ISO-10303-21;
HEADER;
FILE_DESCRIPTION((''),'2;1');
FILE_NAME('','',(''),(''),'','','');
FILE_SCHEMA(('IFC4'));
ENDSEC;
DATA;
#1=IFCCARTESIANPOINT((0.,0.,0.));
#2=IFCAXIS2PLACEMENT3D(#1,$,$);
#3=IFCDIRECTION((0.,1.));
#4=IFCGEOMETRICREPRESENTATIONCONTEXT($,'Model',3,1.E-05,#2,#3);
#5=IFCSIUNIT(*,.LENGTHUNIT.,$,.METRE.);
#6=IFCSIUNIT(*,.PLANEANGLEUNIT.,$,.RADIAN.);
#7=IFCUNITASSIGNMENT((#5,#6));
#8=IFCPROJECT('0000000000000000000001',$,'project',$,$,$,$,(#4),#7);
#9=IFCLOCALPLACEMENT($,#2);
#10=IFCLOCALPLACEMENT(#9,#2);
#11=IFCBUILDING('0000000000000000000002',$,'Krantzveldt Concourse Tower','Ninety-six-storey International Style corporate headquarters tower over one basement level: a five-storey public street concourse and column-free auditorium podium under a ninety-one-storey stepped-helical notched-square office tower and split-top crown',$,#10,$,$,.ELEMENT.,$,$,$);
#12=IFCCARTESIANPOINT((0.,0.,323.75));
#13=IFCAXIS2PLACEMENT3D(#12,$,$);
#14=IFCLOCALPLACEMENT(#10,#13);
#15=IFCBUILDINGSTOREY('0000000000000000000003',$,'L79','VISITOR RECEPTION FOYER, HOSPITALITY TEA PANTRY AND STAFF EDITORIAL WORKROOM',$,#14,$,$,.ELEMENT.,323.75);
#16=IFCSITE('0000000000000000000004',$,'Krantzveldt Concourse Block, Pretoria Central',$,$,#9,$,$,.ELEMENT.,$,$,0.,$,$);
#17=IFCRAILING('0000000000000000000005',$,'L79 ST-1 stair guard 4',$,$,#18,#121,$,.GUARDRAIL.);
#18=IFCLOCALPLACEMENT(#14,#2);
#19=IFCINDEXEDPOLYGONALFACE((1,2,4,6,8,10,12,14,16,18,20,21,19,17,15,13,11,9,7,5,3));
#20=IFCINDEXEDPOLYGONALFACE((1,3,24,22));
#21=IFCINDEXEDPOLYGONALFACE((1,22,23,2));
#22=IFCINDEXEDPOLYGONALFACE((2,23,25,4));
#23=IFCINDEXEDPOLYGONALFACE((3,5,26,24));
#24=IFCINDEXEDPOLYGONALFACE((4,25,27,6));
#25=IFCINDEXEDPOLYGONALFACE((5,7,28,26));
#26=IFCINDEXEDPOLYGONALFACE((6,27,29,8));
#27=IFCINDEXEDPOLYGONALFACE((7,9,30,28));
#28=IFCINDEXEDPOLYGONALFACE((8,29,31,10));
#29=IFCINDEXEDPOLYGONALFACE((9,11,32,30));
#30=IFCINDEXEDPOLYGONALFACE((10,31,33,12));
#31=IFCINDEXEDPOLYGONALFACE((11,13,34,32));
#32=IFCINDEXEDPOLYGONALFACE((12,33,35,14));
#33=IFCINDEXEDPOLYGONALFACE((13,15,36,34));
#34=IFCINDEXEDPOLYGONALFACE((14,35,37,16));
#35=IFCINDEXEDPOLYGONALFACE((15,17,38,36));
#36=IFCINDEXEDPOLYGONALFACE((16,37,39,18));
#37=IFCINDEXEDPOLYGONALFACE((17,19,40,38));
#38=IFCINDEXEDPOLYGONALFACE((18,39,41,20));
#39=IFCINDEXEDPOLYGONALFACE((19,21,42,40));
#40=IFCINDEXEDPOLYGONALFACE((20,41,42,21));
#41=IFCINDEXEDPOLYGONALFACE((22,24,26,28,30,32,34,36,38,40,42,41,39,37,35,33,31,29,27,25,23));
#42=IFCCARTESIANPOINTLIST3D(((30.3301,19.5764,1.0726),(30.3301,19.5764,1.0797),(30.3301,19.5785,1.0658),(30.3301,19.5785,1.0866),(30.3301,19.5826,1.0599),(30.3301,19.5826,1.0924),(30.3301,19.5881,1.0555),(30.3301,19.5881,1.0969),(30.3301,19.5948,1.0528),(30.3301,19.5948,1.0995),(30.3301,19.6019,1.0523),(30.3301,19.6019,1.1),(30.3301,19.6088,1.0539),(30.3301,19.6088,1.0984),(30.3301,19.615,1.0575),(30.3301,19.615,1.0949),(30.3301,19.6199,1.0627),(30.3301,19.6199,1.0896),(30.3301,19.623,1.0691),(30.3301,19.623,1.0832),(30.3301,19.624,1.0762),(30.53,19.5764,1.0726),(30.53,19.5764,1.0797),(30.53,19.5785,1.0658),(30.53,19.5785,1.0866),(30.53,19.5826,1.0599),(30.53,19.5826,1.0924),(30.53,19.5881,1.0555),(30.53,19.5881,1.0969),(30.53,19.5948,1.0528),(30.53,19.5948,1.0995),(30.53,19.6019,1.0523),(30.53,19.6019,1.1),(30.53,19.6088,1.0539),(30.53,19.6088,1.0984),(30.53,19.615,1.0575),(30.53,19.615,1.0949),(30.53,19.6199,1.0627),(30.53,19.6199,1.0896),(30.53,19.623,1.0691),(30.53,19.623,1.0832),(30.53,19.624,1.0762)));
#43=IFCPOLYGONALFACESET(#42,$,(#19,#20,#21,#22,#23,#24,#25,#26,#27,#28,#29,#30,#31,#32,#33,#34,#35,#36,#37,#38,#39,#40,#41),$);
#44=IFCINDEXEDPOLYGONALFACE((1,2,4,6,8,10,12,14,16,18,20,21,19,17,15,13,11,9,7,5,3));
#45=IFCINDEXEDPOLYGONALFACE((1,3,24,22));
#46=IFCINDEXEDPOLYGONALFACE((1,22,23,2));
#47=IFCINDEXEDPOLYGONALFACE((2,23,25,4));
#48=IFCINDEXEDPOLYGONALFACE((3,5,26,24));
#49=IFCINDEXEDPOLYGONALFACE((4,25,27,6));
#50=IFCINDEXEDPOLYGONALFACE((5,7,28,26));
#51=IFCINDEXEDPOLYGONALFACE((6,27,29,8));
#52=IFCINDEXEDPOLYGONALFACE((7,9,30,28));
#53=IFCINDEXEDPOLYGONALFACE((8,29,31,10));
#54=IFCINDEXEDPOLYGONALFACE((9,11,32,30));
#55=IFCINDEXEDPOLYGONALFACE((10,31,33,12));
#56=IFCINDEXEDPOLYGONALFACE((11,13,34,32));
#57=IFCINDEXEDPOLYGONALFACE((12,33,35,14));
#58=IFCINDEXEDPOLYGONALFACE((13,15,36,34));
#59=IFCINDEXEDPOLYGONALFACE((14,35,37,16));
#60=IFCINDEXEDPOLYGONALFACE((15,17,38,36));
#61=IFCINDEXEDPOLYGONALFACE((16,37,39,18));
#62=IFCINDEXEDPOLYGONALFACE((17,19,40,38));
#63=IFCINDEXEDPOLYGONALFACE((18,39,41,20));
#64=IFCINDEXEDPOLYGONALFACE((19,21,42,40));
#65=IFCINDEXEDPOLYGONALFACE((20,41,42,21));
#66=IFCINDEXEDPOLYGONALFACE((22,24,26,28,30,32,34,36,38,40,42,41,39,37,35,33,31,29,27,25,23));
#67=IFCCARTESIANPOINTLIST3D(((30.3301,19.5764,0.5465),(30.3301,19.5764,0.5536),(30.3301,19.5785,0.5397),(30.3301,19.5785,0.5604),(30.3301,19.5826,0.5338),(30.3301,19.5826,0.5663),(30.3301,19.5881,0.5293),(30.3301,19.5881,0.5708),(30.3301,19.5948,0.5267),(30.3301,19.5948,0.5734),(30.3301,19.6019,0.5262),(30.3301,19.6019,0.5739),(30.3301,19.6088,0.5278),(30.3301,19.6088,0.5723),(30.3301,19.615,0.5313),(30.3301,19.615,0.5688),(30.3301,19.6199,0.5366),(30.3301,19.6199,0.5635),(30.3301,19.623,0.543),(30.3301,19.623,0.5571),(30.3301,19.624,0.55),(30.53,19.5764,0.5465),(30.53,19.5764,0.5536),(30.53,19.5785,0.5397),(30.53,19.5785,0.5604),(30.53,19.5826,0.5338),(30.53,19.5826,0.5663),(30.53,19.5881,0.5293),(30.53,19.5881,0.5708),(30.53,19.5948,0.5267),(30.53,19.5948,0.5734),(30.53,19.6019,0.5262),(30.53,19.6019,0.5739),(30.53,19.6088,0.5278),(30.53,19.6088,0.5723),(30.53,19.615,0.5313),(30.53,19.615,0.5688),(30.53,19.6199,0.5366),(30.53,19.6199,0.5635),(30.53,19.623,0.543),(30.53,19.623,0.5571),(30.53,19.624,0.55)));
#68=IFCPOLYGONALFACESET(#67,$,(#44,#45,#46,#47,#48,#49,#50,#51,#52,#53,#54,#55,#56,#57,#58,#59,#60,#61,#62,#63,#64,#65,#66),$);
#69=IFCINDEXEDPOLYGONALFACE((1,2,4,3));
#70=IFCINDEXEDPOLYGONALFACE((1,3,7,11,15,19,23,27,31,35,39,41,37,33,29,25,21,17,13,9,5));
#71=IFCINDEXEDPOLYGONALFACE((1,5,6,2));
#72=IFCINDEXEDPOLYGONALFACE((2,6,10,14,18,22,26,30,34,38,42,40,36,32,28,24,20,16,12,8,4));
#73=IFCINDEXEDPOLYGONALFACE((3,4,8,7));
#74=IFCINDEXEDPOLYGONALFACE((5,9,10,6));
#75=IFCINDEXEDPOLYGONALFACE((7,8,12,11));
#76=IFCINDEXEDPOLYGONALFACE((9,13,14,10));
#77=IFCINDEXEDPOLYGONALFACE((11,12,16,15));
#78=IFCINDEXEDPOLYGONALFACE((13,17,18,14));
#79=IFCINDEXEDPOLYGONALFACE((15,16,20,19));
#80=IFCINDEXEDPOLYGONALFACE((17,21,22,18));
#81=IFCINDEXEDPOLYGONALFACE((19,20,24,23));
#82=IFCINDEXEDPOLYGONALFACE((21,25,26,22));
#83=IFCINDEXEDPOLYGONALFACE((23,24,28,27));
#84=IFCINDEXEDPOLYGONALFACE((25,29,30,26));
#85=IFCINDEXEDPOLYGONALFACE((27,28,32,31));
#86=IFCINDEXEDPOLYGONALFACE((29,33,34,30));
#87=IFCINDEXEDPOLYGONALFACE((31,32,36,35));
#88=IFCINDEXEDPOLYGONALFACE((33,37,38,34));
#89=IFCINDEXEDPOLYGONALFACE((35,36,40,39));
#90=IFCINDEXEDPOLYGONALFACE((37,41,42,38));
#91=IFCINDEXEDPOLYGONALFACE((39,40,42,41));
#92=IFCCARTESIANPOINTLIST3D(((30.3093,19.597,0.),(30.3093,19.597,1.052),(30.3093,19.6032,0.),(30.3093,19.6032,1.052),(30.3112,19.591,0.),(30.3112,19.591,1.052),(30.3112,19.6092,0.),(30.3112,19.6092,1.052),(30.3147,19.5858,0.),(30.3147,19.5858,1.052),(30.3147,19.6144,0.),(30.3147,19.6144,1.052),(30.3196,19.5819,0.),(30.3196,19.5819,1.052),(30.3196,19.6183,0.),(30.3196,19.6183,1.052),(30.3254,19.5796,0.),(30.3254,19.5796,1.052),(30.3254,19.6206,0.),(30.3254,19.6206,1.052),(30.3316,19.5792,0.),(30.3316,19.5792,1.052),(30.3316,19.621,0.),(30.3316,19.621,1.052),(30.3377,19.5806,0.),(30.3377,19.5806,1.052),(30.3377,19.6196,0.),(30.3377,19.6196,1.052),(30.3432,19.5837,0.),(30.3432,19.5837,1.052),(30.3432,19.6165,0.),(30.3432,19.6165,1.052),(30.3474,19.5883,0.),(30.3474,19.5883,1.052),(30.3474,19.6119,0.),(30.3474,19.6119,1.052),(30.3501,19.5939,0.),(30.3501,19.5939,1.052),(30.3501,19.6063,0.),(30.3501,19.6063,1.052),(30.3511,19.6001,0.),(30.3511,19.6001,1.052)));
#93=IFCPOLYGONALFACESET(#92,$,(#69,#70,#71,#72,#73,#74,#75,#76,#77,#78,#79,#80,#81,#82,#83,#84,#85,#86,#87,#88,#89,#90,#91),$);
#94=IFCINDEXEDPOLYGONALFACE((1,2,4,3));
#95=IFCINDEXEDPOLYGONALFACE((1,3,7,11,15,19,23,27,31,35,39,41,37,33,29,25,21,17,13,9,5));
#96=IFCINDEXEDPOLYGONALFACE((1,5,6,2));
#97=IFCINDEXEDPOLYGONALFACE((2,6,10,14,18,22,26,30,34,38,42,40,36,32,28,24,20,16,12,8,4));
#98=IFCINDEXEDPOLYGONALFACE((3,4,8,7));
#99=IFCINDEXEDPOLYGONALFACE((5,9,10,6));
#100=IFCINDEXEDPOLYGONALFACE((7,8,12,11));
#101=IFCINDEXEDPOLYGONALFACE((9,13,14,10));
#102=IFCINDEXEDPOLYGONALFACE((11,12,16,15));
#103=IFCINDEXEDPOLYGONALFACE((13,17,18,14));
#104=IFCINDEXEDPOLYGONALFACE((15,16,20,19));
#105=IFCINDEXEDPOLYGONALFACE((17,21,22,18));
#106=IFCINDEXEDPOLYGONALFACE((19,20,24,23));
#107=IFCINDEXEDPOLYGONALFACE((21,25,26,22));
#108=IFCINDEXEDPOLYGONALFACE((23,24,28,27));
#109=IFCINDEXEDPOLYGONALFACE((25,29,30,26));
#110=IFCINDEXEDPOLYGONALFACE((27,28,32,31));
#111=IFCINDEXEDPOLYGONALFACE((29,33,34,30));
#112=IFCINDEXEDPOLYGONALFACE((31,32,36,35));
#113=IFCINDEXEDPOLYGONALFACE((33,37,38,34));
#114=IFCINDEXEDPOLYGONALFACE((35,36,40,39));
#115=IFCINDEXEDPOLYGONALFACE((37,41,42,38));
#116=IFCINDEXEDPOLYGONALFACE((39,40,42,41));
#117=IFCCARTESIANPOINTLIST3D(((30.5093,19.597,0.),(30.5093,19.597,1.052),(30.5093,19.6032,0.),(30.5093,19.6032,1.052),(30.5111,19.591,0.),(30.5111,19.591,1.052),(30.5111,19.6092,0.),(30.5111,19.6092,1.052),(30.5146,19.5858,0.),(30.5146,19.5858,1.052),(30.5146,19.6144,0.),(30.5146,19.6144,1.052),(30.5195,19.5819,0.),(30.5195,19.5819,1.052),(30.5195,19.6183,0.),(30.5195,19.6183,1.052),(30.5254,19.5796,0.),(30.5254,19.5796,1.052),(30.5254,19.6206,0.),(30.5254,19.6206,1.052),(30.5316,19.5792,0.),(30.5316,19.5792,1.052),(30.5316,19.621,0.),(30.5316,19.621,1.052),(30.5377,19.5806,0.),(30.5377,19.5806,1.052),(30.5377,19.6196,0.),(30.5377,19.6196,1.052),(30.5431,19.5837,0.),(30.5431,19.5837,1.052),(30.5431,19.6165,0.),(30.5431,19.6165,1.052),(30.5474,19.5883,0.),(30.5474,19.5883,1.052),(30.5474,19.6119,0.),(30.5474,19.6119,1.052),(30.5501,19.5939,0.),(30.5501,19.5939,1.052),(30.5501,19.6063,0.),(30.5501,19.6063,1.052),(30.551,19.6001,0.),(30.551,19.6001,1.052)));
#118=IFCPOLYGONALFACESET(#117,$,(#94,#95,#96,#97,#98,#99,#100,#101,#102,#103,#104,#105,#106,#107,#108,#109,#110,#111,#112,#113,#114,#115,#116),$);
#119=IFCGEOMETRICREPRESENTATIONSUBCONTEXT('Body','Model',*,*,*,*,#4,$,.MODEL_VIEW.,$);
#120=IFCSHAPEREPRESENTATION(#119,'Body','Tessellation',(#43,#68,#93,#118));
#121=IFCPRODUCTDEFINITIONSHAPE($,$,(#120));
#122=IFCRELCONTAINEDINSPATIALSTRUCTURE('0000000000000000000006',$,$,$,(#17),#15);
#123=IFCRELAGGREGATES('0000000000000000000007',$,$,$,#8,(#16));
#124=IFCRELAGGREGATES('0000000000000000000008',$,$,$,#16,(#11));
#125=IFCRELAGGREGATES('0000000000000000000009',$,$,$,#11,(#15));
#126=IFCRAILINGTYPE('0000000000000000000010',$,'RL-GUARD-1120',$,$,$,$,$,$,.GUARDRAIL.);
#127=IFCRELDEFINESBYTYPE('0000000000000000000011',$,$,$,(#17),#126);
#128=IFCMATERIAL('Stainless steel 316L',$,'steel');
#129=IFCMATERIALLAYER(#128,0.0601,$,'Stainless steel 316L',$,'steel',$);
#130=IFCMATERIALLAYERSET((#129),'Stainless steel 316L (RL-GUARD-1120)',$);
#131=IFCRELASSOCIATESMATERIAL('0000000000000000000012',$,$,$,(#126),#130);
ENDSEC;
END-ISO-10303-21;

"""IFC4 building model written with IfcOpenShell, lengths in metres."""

from ifc_helpers import new_model, si_unit, direction, frame, origin, origin_2d, place, context, subcontext, project, spatial, circle, extrude, material, layer, layer_set, type_object, element, save


model = new_model("IFC4")

# Units and contexts
model_context = context("Model", 3, precision=1e-05, world=origin(), true_north=direction((0.0, 1.0)))
body_context = subcontext(model_context, "Body", "Model", "MODEL_VIEW")
ifc_project = project(units=[si_unit("LENGTHUNIT", "METRE"), si_unit("PLANEANGLEUNIT", "RADIAN")], contexts=[model_context])

# Site, building, storey
site_placement = place(None, origin())
site = spatial("IfcSite", under=ifc_project, at=site_placement, Name="Krantzveldt Concourse Block, Pretoria Central", CompositionType="ELEMENT", RefElevation=0.0)
building_placement = place(site_placement, origin())
building = spatial("IfcBuilding", under=site, at=building_placement, Name="Krantzveldt Concourse Tower", Description="Ninety-six-storey International Style corporate headquarters tower over one basement level: a five-storey public street concourse and column-free auditorium podium under a ninety-one-storey stepped-helical notched-square office tower and split-top crown", CompositionType="ELEMENT")
storey_placement = place(building_placement, frame((0.0, 0.0, 323.75)))
storey = spatial("IfcBuildingStorey", under=building, at=storey_placement, Name="L79", Description="VISITOR RECEPTION FOYER, HOSPITALITY TEA PANTRY AND STAFF EDITORIAL WORKROOM", CompositionType="ELEMENT", Elevation=323.75)

# Shared definitions
ifc_material_1 = material(Name="Stainless steel 316L", Category="steel")

# Railing
ifc_layer_1 = layer(ifc_material_1, 0.0601, Name="Stainless steel 316L", Category="steel")
ifc_layer_set_1 = layer_set([ifc_layer_1], Name="Stainless steel 316L (RL-GUARD-1120)")
railing_type_1 = type_object("IfcRailingType", Name="RL-GUARD-1120", PredefinedType="GUARDRAIL", material=ifc_layer_set_1)
railing_1_placement = place(storey_placement, frame((30.3301, 19.6001, 0.0)))
element("IfcRailing", 1, at=railing_1_placement, inside=storey, type_object=railing_type_1, Name="L79 ST-1 stair guard 4", PredefinedType="GUARDRAIL", context=body_context, shape_type="SweptSolid", body=[
    extrude(circle(Radius=0.0239, at=origin_2d()), frame((0.0, 0.0, 1.0762), z_axis=(1.0, 0.0, 0.0), x_axis=(0.0, 1.0, 0.0)), (0.0, 0.0, 1.0), 0.2),
    extrude(circle(Radius=0.0239, at=origin_2d()), frame((0.0, 0.0, 0.55), z_axis=(1.0, 0.0, 0.0), x_axis=(0.0, 1.0, 0.0)), (0.0, 0.0, 1.0), 0.2),
    extrude(circle(Radius=0.021, at=origin_2d()), origin(), (0.0, 0.0, 1.0), 1.052),
    extrude(circle(Radius=0.021, at=origin_2d()), frame((0.2, 0.0, 0.0)), (0.0, 0.0, 1.0), 1.052),
])

save(model, "model.ifc")
